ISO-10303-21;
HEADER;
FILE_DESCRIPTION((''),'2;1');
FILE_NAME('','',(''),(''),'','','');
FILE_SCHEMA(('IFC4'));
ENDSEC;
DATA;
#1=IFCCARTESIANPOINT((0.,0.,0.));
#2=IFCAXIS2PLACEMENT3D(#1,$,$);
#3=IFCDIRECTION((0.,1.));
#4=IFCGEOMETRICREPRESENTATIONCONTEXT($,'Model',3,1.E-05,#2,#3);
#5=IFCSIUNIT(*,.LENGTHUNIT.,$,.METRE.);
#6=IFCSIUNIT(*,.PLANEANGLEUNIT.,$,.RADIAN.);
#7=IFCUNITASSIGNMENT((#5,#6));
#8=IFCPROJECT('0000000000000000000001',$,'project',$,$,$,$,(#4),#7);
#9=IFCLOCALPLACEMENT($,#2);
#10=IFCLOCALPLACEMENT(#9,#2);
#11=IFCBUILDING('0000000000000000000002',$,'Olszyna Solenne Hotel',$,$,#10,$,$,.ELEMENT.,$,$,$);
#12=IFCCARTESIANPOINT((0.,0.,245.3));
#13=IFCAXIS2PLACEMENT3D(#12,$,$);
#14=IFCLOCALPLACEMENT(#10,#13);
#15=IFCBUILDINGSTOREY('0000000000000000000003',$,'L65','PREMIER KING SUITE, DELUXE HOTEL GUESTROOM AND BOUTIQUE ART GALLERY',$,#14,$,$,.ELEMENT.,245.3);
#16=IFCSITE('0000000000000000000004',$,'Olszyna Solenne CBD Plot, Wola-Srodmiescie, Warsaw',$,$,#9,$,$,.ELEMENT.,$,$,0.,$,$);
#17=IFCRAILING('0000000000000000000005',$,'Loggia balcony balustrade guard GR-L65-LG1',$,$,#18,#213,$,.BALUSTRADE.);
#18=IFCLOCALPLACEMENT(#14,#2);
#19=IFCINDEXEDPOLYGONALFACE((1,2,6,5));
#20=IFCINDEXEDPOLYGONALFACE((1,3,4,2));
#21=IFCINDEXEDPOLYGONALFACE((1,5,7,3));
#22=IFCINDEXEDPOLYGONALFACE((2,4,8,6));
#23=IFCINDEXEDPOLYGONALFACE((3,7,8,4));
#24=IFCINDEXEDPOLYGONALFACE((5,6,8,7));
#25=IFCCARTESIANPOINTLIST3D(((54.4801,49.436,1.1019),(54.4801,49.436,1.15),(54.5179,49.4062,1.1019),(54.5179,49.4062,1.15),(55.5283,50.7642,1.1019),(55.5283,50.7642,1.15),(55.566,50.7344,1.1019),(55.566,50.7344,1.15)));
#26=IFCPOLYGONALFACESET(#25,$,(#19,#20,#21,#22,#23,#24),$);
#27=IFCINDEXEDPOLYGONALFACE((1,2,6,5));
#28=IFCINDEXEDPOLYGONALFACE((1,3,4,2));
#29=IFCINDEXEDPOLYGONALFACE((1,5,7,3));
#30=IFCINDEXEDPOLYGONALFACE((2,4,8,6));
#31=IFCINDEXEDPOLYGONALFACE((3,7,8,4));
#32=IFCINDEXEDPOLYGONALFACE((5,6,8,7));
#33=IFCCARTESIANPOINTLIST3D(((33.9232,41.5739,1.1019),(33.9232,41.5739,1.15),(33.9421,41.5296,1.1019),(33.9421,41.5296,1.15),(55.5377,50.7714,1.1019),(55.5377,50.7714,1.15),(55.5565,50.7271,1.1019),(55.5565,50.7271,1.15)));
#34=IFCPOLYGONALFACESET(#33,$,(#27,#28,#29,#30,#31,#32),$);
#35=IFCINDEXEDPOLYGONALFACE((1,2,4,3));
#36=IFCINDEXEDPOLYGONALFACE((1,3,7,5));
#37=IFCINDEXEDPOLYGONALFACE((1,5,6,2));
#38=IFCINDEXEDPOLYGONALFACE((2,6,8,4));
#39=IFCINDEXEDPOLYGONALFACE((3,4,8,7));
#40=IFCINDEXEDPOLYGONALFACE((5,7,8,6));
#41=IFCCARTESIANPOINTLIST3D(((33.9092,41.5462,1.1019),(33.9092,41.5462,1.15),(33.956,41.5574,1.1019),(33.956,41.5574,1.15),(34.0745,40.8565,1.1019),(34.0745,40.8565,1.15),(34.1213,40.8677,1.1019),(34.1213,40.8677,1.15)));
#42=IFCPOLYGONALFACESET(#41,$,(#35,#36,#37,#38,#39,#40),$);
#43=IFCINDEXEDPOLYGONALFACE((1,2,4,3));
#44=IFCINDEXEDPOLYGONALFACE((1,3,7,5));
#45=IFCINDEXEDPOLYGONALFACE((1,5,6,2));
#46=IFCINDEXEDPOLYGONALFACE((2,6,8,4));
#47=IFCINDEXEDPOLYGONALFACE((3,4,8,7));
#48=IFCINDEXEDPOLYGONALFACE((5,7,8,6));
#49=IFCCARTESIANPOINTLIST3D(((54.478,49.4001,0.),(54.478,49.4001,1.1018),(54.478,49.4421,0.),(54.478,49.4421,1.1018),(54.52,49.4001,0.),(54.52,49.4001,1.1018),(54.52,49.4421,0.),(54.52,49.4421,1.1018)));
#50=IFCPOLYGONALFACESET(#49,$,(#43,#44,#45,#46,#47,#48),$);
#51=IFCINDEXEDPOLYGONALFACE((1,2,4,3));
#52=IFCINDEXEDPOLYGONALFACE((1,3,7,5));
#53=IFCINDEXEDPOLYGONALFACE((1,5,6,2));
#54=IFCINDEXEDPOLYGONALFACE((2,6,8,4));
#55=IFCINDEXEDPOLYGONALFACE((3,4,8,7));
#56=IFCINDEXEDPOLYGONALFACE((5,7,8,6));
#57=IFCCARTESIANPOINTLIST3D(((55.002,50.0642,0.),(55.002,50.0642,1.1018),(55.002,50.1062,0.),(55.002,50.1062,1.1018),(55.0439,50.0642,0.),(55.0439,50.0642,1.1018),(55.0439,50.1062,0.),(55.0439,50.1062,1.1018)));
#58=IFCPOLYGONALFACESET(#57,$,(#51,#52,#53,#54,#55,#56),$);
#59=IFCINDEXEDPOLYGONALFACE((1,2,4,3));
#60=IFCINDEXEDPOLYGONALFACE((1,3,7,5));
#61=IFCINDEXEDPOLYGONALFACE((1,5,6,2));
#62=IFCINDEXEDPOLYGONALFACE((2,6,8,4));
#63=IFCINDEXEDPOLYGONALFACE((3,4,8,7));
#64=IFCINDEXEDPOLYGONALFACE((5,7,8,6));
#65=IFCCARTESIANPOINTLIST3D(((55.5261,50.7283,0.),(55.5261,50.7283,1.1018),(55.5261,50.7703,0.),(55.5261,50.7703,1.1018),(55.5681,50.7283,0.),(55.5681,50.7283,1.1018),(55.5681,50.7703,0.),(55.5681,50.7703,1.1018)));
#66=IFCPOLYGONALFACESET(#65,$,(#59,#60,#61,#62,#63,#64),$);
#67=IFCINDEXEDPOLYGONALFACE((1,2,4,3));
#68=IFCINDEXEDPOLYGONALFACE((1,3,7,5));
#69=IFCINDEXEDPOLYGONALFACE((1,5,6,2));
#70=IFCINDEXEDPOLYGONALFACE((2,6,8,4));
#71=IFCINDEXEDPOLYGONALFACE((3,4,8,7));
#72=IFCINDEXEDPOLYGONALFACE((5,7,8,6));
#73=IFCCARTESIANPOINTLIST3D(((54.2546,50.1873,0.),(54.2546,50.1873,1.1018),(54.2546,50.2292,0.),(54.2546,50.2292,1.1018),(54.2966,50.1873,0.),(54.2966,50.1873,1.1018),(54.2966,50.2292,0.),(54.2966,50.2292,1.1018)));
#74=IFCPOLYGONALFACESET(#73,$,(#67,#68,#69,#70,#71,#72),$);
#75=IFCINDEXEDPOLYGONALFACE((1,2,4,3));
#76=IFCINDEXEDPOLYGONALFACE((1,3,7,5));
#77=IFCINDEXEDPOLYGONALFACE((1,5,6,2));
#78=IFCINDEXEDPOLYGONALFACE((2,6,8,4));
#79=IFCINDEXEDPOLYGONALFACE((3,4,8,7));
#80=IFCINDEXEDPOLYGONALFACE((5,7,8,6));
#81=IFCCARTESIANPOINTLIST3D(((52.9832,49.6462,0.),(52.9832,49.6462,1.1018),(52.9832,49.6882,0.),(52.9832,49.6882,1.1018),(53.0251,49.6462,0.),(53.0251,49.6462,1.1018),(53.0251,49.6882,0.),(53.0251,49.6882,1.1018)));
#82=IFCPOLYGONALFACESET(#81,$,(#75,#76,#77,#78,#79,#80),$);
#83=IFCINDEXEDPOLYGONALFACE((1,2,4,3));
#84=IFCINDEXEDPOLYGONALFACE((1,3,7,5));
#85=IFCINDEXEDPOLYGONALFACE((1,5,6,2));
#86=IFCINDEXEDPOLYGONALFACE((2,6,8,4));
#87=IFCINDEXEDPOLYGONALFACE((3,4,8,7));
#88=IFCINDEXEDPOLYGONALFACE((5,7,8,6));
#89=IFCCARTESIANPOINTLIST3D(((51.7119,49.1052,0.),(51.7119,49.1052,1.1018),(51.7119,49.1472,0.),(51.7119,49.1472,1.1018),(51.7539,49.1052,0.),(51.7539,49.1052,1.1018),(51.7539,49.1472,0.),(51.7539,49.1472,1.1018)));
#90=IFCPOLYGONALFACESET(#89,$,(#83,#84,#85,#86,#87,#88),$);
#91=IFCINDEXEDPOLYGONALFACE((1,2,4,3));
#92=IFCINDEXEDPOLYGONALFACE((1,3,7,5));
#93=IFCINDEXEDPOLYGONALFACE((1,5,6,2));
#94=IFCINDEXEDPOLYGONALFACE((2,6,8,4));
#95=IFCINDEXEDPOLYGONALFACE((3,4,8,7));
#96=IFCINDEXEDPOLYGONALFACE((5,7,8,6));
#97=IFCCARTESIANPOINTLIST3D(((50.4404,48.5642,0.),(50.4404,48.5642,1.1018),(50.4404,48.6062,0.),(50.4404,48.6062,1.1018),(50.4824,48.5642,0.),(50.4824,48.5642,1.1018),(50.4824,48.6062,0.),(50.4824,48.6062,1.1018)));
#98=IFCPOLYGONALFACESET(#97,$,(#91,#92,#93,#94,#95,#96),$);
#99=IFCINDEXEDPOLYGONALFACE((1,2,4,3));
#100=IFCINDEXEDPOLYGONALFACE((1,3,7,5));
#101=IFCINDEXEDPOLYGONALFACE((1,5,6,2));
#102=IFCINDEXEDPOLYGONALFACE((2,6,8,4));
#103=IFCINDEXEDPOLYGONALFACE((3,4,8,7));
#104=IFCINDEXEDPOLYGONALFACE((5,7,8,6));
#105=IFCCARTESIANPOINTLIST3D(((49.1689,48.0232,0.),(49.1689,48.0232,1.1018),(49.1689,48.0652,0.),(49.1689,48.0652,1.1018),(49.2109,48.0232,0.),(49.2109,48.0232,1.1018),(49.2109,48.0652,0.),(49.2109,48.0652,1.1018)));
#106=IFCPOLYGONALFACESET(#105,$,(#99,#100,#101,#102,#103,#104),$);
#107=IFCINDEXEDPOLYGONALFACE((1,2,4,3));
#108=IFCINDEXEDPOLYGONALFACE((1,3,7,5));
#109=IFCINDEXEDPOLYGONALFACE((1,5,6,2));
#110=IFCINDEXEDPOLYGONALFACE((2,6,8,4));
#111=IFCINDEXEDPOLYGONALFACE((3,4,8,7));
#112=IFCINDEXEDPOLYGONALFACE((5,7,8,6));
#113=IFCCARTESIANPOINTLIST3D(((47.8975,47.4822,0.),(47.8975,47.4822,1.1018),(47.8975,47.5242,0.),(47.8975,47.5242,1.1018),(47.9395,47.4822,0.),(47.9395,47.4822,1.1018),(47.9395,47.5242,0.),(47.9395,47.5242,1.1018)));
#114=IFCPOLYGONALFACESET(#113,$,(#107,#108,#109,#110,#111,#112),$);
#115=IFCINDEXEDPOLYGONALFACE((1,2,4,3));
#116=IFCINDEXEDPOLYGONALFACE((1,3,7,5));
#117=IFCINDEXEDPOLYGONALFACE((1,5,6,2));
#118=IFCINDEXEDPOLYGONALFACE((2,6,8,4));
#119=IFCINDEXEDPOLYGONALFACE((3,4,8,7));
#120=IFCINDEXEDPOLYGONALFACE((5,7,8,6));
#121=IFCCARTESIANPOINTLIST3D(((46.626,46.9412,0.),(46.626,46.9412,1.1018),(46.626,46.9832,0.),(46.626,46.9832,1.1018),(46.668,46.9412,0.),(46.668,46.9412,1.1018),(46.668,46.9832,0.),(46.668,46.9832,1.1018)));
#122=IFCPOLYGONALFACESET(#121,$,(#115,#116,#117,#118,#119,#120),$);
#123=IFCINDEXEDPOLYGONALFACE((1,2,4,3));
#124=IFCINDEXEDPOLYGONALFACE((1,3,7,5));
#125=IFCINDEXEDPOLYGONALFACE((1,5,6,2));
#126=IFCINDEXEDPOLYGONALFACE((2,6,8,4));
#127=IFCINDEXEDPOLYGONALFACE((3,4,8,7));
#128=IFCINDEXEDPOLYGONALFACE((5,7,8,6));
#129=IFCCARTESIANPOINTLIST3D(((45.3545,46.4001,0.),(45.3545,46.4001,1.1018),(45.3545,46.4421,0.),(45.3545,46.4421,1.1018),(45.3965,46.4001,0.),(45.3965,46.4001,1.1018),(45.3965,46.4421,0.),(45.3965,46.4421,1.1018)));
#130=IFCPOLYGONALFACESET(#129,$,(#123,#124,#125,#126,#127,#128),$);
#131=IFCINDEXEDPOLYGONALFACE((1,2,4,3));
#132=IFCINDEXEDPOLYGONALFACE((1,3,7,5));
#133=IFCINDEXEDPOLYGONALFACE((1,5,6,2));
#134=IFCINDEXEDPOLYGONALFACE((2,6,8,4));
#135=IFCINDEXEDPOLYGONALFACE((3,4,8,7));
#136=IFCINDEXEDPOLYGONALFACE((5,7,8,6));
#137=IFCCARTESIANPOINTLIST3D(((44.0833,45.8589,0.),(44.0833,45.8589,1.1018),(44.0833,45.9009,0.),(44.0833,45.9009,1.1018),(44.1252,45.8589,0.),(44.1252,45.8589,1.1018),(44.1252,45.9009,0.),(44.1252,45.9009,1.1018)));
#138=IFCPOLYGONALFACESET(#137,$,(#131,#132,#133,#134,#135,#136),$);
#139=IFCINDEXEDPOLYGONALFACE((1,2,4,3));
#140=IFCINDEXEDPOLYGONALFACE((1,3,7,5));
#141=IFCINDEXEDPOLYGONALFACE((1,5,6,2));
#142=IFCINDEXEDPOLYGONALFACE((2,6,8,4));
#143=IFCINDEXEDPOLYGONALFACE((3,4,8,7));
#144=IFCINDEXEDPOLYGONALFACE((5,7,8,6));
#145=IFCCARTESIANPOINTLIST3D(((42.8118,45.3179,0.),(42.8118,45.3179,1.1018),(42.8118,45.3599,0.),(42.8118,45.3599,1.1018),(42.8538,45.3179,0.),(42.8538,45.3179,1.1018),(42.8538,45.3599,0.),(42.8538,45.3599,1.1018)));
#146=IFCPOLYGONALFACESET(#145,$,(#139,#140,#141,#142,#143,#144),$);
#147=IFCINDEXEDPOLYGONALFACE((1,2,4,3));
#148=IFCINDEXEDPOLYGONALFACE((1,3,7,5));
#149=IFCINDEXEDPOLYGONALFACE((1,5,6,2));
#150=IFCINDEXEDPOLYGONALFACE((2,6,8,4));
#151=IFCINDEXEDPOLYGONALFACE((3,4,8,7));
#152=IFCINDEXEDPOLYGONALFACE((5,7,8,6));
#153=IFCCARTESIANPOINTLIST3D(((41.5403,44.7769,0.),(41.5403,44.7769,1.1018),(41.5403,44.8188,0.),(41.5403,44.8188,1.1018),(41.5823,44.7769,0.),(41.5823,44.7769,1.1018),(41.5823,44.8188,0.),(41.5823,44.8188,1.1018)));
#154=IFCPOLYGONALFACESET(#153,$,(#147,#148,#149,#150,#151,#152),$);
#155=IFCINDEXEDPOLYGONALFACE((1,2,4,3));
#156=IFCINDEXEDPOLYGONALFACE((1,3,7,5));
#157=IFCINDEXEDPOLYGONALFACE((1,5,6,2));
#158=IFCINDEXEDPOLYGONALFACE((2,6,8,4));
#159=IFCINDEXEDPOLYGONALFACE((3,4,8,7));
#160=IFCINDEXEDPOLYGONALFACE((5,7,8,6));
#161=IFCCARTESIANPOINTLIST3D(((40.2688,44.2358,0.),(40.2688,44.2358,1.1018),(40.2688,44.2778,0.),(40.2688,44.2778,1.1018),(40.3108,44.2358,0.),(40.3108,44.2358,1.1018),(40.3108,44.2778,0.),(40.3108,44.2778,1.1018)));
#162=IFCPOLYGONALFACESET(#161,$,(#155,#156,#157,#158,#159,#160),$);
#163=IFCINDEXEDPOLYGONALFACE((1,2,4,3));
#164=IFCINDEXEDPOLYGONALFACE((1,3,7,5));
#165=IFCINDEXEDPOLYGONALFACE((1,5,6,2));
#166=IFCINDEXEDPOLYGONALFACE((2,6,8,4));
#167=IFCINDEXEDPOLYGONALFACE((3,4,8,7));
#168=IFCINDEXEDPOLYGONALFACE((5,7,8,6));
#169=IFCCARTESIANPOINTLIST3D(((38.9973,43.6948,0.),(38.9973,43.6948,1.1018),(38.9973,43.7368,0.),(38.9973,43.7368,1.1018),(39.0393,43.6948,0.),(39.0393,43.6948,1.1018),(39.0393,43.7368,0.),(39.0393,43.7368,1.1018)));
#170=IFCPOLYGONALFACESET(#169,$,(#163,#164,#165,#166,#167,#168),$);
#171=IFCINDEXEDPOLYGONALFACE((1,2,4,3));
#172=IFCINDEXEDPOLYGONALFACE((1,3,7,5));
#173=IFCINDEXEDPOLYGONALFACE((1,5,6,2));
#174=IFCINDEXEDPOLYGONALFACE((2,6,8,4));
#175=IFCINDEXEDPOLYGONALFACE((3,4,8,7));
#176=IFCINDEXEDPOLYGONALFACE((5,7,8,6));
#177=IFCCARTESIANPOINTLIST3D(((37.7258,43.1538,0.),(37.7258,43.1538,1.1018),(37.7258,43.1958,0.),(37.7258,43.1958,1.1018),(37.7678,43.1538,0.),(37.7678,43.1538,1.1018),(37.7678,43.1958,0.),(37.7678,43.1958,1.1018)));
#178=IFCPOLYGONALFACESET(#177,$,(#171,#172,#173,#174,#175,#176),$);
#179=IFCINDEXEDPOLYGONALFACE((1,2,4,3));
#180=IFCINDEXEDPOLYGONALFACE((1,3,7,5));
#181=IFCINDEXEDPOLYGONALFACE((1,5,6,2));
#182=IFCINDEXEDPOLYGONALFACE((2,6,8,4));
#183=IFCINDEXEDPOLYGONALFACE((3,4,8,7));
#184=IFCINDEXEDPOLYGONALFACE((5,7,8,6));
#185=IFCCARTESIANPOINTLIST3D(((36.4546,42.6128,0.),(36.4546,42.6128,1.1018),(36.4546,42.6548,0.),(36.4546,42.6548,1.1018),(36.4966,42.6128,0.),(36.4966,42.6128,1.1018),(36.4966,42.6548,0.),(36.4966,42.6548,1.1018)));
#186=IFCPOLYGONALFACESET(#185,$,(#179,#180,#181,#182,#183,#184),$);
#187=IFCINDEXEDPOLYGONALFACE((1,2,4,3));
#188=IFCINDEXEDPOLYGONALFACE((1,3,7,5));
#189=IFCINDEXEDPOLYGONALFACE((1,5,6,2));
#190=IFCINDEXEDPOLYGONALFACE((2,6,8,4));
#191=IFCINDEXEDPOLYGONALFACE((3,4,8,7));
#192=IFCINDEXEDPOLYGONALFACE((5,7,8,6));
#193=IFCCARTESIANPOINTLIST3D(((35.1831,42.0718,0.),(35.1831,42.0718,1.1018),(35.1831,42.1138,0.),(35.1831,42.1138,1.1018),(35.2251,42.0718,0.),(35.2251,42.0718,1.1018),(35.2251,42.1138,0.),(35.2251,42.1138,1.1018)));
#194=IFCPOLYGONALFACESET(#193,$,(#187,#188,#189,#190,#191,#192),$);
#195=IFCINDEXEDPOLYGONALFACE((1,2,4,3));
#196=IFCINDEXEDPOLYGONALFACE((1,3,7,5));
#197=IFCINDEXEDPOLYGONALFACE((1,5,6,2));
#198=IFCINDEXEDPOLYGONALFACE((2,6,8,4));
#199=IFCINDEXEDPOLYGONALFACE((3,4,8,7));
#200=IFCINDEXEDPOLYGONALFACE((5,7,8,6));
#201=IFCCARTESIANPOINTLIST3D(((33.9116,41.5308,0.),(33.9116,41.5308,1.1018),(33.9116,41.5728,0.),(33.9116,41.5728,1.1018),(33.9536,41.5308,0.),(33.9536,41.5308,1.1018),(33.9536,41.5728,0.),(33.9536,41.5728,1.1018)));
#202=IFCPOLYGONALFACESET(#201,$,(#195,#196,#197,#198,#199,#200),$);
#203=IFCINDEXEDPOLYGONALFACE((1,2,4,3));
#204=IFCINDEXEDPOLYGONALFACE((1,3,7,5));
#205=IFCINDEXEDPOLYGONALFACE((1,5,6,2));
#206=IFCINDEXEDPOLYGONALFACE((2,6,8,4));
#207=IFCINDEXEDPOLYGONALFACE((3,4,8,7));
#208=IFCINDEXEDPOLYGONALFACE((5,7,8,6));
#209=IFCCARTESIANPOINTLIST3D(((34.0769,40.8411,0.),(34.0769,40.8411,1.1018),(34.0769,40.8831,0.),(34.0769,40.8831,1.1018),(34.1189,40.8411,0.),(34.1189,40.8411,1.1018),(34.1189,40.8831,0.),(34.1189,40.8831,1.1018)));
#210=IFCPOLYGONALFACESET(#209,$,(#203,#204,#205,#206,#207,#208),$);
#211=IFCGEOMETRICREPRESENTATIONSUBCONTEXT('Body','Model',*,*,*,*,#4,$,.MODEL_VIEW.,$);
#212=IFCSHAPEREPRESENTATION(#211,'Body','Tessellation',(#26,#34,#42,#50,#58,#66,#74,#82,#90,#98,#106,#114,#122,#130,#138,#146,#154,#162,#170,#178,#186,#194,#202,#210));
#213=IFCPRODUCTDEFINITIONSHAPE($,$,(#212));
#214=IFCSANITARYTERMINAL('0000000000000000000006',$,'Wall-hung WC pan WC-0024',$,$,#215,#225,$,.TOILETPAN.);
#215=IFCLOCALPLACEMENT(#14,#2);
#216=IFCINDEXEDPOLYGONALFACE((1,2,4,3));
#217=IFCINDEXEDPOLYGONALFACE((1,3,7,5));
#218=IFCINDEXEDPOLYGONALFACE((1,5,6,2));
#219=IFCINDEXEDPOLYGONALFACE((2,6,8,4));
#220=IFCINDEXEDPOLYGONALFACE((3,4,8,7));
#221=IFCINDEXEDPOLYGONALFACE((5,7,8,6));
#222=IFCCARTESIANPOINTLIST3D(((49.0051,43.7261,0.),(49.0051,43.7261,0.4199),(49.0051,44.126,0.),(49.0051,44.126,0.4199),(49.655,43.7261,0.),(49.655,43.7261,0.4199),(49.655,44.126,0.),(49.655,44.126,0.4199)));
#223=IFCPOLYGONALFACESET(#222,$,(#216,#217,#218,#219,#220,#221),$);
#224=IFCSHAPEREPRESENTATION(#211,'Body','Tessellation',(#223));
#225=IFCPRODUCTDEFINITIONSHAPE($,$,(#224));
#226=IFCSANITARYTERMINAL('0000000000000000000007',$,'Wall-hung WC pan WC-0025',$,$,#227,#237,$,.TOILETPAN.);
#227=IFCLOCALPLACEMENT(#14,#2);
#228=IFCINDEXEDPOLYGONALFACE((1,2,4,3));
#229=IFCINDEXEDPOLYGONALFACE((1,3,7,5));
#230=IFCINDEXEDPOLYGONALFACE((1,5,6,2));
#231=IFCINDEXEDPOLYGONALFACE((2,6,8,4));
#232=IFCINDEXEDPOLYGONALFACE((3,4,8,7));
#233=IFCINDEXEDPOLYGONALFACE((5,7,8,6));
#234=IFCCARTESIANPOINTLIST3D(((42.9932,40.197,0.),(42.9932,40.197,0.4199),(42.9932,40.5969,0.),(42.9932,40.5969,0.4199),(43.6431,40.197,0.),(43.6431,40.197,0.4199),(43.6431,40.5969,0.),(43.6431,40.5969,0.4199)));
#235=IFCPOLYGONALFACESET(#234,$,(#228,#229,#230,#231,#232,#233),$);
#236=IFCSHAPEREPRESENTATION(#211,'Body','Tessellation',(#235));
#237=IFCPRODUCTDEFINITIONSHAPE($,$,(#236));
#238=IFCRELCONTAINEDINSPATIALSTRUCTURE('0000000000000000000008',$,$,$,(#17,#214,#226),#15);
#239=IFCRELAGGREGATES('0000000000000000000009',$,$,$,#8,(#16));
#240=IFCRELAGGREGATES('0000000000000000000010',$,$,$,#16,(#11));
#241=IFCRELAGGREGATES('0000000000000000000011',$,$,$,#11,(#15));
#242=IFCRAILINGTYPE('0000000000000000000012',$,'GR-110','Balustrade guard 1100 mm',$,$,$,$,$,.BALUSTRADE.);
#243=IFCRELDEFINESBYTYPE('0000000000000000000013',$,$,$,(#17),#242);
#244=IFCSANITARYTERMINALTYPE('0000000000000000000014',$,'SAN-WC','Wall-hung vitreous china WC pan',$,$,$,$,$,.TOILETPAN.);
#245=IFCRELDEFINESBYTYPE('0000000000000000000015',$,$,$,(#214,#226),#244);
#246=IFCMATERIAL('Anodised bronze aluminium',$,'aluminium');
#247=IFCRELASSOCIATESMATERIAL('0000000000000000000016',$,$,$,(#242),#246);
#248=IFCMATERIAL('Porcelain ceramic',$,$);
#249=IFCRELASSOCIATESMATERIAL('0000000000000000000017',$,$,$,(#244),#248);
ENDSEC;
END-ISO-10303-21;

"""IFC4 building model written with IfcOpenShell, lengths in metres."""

from ifc_helpers import new_model, si_unit, direction, frame, origin, origin_2d, place, context, subcontext, project, spatial, rectangle, extrude, source, transform, mapped, material, type_object, element, save


model = new_model("IFC4")

# Units and contexts
model_context = context("Model", 3, precision=1e-05, world=origin(), true_north=direction((0.0, 1.0)))
body_context = subcontext(model_context, "Body", "Model", "MODEL_VIEW")
ifc_project = project(units=[si_unit("LENGTHUNIT", "METRE"), si_unit("PLANEANGLEUNIT", "RADIAN")], contexts=[model_context])

# Site, building, storey
site_placement = place(None, origin())
site = spatial("IfcSite", under=ifc_project, at=site_placement, Name="Olszyna Solenne CBD Plot, Wola-Srodmiescie, Warsaw", CompositionType="ELEMENT", RefElevation=0.0)
building_placement = place(site_placement, origin())
building = spatial("IfcBuilding", under=site, at=building_placement, Name="Olszyna Solenne Hotel", CompositionType="ELEMENT")
storey_placement = place(building_placement, frame((0.0, 0.0, 245.3)))
storey = spatial("IfcBuildingStorey", under=building, at=storey_placement, Name="L65", Description="PREMIER KING SUITE, DELUXE HOTEL GUESTROOM AND BOUTIQUE ART GALLERY", CompositionType="ELEMENT", Elevation=245.3)

# Railing
ifc_material_1 = material(Name="Anodised bronze aluminium", Category="aluminium")
railing_type = type_object("IfcRailingType", Name="GR-110", Description="Balustrade guard 1100 mm", PredefinedType="BALUSTRADE", material=ifc_material_1)
railing_placement = place(storey_placement, frame((54.499, 49.4211, 0.0)))
element("IfcRailing", 1, at=railing_placement, inside=storey, type_object=railing_type, Name="Loggia balcony balustrade guard GR-L65-LG1", PredefinedType="BALUSTRADE", context=body_context, shape_type="SweptSolid", body=[
    extrude(rectangle(XDim=0.0481, YDim=0.0481, at=origin_2d()), frame((0.0, 0.0, 1.126), z_axis=(0.61949, 0.785005, 0.0), x_axis=(-0.785005, 0.61949, 0.0)), (0.0, 0.0, 1.0), 1.6919),
    extrude(rectangle(XDim=0.0481, YDim=0.0481, at=origin_2d()), frame((1.0481, 1.3281, 1.126), z_axis=(-0.920157, -0.39155, 0.0), x_axis=(0.39155, -0.920157, 0.0)), (0.0, 0.0, 1.0), 23.49),
    extrude(rectangle(XDim=0.0481, YDim=0.0481, at=origin_2d()), frame((-20.5664, -7.8694, 1.126), z_axis=(0.233047, -0.972465, 0.0), x_axis=(0.972465, 0.233047, 0.0)), (0.0, 0.0, 1.0), 0.7092),
    extrude(rectangle(XDim=0.042, YDim=0.042, at=origin_2d()), origin(), (0.0, 0.0, 1.0), 1.1018),
    extrude(rectangle(XDim=0.042, YDim=0.042, at=origin_2d()), frame((0.5239, 0.6641, 0.0)), (0.0, 0.0, 1.0), 1.1018),
    extrude(rectangle(XDim=0.042, YDim=0.042, at=origin_2d()), frame((1.0481, 1.3281, 0.0)), (0.0, 0.0, 1.0), 1.1018),
    extrude(rectangle(XDim=0.042, YDim=0.042, at=origin_2d()), frame((-0.2234, 0.7871, 0.0)), (0.0, 0.0, 1.0), 1.1018),
    extrude(rectangle(XDim=0.042, YDim=0.042, at=origin_2d()), frame((-1.4949, 0.2461, 0.0)), (0.0, 0.0, 1.0), 1.1018),
    extrude(rectangle(XDim=0.042, YDim=0.042, at=origin_2d()), frame((-2.7661, -0.2949, 0.0)), (0.0, 0.0, 1.0), 1.1018),
    extrude(rectangle(XDim=0.042, YDim=0.042, at=origin_2d()), frame((-4.0376, -0.8359, 0.0)), (0.0, 0.0, 1.0), 1.1018),
    extrude(rectangle(XDim=0.042, YDim=0.042, at=origin_2d()), frame((-5.3091, -1.377, 0.0)), (0.0, 0.0, 1.0), 1.1018),
    extrude(rectangle(XDim=0.042, YDim=0.042, at=origin_2d()), frame((-6.5806, -1.918, 0.0)), (0.0, 0.0, 1.0), 1.1018),
    extrude(rectangle(XDim=0.042, YDim=0.042, at=origin_2d()), frame((-7.8521, -2.459, 0.0)), (0.0, 0.0, 1.0), 1.1018),
    extrude(rectangle(XDim=0.042, YDim=0.042, at=origin_2d()), frame((-9.1235, -3.0, 0.0)), (0.0, 0.0, 1.0), 1.1018),
    extrude(rectangle(XDim=0.042, YDim=0.042, at=origin_2d()), frame((-10.3948, -3.5413, 0.0)), (0.0, 0.0, 1.0), 1.1018),
    extrude(rectangle(XDim=0.042, YDim=0.042, at=origin_2d()), frame((-11.6663, -4.0823, 0.0)), (0.0, 0.0, 1.0), 1.1018),
    extrude(rectangle(XDim=0.042, YDim=0.042, at=origin_2d()), frame((-12.9377, -4.6233, 0.0)), (0.0, 0.0, 1.0), 1.1018),
    extrude(rectangle(XDim=0.042, YDim=0.042, at=origin_2d()), frame((-14.2092, -5.1643, 0.0)), (0.0, 0.0, 1.0), 1.1018),
    extrude(rectangle(XDim=0.042, YDim=0.042, at=origin_2d()), frame((-15.4807, -5.7053, 0.0)), (0.0, 0.0, 1.0), 1.1018),
    extrude(rectangle(XDim=0.042, YDim=0.042, at=origin_2d()), frame((-16.7522, -6.2463, 0.0)), (0.0, 0.0, 1.0), 1.1018),
    extrude(rectangle(XDim=0.042, YDim=0.042, at=origin_2d()), frame((-18.0234, -6.7874, 0.0)), (0.0, 0.0, 1.0), 1.1018),
    extrude(rectangle(XDim=0.042, YDim=0.042, at=origin_2d()), frame((-19.2949, -7.3284, 0.0)), (0.0, 0.0, 1.0), 1.1018),
    extrude(rectangle(XDim=0.042, YDim=0.042, at=origin_2d()), frame((-20.5664, -7.8694, 0.0)), (0.0, 0.0, 1.0), 1.1018),
    extrude(rectangle(XDim=0.042, YDim=0.042, at=origin_2d()), frame((-20.4011, -8.5591, 0.0)), (0.0, 0.0, 1.0), 1.1018),
])

# Sanitary terminals
ifc_material_2 = material(Name="Porcelain ceramic")
sanitary_terminal_type_1 = type_object("IfcSanitaryTerminalType", Name="SAN-WC", Description="Wall-hung vitreous china WC pan", PredefinedType="TOILETPAN", material=ifc_material_2)
shared_shape_1 = source(origin(), body_context, "Body", "SweptSolid", [
    extrude(rectangle(XDim=0.6499, YDim=0.3999, at=origin_2d()), origin(), (0.0, 0.0, 1.0), 0.4199),
])
for number, where, z_axis, x_axis, name in (
    (2, (49.3301, 43.926, 0.0), (0.0, 0.0, 1.0), (1.0, 0.0, 0.0), "Wall-hung WC pan WC-0024"),
    (3, (43.3181, 40.397, 0.0), (0.0, 0.0, 1.0), (1.0, 0.0, 0.0), "Wall-hung WC pan WC-0025"),
):
    element("IfcSanitaryTerminal", number, at=place(storey_placement, frame(where, z_axis=z_axis, x_axis=x_axis)), inside=storey, type_object=sanitary_terminal_type_1, Name=name, PredefinedType="TOILETPAN", context=body_context, shape_type="MappedRepresentation", body=[
        mapped(shared_shape_1, transform((0.0, 0.0, 0.0), x_axis=(1.0, 0.0, 0.0), y_axis=(0.0, 1.0, 0.0), z_axis=(0.0, 0.0, 1.0), scale=1.0)),
    ])

save(model, "model.ifc")
